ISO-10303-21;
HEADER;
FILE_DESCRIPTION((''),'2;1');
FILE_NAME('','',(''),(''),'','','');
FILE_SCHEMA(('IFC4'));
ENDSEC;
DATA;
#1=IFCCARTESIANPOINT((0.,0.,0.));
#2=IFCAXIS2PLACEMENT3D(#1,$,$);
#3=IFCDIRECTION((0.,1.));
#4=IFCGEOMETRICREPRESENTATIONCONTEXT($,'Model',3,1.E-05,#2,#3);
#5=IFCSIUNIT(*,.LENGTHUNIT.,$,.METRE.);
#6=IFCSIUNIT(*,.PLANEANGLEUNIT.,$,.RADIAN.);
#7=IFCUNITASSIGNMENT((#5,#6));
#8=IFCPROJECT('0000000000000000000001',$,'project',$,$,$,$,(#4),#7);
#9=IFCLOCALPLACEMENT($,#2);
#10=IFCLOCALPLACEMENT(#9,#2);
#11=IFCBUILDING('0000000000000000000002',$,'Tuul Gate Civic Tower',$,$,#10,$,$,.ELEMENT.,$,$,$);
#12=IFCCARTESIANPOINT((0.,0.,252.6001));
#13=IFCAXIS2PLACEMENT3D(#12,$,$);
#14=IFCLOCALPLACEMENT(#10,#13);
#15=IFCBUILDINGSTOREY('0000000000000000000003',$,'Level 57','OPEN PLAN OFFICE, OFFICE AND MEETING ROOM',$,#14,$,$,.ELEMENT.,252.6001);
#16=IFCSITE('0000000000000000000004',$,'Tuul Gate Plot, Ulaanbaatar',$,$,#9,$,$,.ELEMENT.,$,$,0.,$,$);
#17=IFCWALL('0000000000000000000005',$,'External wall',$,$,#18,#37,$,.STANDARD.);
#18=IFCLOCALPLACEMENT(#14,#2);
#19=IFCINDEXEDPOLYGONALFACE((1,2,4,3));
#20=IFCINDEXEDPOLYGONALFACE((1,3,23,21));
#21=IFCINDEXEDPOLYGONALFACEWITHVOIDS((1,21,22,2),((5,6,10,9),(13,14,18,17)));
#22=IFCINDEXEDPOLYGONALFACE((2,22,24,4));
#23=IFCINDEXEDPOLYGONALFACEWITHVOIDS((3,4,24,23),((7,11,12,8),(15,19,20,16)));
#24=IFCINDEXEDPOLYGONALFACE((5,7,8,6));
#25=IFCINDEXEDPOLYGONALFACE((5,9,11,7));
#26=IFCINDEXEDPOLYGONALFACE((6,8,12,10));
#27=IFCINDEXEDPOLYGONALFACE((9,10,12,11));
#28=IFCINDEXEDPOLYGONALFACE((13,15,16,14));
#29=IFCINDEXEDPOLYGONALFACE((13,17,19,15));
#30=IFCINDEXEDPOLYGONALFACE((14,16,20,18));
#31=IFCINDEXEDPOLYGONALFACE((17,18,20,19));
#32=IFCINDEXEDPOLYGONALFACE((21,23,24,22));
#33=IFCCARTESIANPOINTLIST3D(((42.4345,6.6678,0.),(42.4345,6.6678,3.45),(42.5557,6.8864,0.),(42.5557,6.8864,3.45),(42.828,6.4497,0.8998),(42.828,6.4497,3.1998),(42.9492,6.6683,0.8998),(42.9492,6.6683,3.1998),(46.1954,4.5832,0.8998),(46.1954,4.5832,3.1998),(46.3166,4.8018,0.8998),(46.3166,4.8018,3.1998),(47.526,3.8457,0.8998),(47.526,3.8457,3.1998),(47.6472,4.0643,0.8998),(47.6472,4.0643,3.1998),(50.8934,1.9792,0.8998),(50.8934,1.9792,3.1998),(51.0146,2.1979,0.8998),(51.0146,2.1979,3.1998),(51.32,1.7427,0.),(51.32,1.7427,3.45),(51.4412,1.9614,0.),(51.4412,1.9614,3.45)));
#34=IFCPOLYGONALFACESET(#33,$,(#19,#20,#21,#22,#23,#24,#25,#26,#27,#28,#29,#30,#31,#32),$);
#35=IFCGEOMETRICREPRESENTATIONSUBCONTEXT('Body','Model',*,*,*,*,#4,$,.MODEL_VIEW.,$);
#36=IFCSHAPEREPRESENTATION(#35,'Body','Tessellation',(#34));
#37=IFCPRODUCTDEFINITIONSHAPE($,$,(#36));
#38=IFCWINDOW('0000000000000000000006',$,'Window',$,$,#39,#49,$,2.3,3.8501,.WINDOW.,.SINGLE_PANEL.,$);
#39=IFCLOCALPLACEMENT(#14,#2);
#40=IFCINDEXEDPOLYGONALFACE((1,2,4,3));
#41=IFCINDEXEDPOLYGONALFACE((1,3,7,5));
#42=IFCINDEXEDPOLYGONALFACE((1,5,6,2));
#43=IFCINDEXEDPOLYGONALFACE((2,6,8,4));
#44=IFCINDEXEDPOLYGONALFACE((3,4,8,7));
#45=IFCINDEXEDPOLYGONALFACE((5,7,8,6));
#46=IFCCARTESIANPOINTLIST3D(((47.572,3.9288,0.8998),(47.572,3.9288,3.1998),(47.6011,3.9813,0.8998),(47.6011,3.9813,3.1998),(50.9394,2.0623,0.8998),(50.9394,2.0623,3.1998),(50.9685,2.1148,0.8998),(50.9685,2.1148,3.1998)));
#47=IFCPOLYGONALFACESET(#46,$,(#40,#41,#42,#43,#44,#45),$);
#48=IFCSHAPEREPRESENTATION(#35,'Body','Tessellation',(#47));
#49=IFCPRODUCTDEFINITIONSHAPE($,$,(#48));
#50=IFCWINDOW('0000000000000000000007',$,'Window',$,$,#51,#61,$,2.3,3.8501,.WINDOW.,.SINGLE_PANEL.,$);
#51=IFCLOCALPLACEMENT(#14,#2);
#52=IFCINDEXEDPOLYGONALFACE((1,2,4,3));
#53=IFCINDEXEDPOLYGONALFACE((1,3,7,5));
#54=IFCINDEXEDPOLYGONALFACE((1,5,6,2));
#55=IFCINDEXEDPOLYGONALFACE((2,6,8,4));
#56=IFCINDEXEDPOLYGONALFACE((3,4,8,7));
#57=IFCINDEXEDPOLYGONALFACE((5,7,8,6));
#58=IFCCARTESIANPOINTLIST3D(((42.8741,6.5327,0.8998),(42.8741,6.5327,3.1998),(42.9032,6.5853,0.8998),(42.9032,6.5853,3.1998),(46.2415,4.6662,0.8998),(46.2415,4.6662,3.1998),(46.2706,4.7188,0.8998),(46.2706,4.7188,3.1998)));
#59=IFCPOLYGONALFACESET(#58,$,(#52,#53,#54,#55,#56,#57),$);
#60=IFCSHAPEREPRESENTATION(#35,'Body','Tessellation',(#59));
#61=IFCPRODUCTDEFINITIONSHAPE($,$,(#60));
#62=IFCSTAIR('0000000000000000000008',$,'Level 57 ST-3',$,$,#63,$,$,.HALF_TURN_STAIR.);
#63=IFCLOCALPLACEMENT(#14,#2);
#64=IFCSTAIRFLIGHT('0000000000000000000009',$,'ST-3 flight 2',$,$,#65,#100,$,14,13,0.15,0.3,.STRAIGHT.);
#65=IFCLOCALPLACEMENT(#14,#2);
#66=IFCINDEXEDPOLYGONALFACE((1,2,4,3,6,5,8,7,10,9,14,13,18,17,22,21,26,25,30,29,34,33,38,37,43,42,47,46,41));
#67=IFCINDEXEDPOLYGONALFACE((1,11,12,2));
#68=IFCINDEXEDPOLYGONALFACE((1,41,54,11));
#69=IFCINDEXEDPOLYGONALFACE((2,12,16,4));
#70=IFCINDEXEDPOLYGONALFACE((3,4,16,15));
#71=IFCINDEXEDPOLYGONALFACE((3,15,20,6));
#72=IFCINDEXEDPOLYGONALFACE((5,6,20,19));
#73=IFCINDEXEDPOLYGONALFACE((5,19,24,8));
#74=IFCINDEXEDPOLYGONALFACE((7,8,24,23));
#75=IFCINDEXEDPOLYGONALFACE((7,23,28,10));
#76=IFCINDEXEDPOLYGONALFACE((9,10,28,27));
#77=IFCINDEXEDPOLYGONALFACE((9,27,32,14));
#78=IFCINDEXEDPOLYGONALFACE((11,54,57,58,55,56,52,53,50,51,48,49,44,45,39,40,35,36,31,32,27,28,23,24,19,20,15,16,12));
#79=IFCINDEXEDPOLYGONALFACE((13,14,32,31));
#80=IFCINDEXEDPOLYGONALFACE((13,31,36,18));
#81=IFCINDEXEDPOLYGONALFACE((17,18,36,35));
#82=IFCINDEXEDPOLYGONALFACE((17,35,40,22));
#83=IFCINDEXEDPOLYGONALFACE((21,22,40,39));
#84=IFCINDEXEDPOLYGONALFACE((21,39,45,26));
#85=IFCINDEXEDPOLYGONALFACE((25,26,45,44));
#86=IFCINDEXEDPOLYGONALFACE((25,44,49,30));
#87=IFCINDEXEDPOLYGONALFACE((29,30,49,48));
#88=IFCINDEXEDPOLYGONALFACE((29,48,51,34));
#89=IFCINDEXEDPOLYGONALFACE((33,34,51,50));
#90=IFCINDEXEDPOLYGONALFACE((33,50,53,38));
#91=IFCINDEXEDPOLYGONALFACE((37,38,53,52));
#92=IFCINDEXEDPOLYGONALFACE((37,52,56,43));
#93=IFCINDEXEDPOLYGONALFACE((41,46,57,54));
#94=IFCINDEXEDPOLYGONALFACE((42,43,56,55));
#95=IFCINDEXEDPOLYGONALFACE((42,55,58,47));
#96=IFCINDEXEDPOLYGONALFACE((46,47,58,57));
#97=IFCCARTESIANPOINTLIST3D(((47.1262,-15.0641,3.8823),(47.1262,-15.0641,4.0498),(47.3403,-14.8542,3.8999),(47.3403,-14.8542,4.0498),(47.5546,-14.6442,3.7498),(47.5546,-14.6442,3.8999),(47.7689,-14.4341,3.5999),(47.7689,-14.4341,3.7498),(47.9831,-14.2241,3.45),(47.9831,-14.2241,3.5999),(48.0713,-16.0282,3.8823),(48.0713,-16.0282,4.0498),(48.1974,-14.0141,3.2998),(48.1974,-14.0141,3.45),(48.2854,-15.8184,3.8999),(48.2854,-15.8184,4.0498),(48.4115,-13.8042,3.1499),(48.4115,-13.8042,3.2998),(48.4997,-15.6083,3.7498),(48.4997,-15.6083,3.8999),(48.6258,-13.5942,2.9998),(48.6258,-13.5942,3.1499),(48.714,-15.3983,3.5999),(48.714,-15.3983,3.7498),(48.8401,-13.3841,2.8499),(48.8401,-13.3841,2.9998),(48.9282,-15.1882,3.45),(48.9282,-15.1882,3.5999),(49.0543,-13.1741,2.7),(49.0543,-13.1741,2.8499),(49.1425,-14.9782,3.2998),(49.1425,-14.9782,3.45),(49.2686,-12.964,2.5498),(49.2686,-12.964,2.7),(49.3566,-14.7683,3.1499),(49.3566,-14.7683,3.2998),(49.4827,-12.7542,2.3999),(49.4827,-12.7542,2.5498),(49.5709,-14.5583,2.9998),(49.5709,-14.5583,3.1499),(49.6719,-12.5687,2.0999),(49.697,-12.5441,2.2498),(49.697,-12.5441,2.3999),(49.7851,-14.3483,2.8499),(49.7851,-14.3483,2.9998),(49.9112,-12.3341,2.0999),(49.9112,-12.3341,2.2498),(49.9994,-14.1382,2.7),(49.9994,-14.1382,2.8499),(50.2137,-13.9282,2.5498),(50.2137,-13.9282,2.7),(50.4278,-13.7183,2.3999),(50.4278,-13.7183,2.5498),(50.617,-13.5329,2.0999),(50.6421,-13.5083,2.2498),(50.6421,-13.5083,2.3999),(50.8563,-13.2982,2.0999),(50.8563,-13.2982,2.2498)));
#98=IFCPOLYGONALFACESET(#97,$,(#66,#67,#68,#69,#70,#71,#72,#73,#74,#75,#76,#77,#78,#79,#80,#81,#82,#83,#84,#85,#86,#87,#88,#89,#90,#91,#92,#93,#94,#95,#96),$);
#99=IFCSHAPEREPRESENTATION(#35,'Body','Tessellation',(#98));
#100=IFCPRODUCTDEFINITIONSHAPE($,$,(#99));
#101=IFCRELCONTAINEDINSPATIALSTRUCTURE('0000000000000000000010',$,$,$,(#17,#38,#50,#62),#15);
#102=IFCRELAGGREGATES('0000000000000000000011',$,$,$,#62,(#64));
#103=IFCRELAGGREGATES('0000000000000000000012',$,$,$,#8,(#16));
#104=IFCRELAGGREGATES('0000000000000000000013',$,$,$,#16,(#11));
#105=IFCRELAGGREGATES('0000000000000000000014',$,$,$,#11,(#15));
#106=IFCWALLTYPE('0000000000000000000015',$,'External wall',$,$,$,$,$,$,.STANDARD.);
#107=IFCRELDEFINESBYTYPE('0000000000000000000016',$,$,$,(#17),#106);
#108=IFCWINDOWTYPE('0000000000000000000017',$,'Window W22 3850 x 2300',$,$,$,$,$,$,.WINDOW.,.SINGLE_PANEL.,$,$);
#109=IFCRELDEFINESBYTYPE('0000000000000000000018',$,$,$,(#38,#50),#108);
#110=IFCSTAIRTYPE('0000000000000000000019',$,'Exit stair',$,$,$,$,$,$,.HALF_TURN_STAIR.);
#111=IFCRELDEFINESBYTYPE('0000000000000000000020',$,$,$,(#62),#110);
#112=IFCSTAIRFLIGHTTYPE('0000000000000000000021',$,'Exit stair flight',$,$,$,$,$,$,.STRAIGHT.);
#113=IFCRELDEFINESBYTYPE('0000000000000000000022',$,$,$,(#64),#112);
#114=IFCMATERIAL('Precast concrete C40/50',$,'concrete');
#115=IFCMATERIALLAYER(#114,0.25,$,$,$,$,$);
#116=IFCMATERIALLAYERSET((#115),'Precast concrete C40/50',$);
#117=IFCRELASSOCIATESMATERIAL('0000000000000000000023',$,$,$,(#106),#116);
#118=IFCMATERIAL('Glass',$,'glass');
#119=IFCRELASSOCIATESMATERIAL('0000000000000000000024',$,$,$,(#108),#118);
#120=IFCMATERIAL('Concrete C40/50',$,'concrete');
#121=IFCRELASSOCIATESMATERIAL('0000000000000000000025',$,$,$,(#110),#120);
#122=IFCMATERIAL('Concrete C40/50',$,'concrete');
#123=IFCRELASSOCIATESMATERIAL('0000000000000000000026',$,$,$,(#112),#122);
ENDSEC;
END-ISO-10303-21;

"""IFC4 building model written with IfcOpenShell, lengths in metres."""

from ifc_helpers import new_model, si_unit, direction, frame, frame_2d, origin, place, context, subcontext, project, spatial, polyline, rectangle, outline, extrude, material, layer, layer_set, type_object, element, fill, aggregate, save


model = new_model("IFC4")

# Units and contexts
model_context = context("Model", 3, precision=1e-05, world=origin(), true_north=direction((0.0, 1.0)))
body_context = subcontext(model_context, "Body", "Model", "MODEL_VIEW")
ifc_project = project(units=[si_unit("LENGTHUNIT", "METRE"), si_unit("PLANEANGLEUNIT", "RADIAN")], contexts=[model_context])

# Site, building, storey
site_placement = place(None, origin())
site = spatial("IfcSite", under=ifc_project, at=site_placement, Name="Tuul Gate Plot, Ulaanbaatar", CompositionType="ELEMENT", RefElevation=0.0)
building_placement = place(site_placement, origin())
building = spatial("IfcBuilding", under=site, at=building_placement, Name="Tuul Gate Civic Tower", CompositionType="ELEMENT")
storey_placement = place(building_placement, frame((0.0, 0.0, 252.6001)))
storey = spatial("IfcBuildingStorey", under=building, at=storey_placement, Name="Level 57", Description="OPEN PLAN OFFICE, OFFICE AND MEETING ROOM", CompositionType="ELEMENT", Elevation=252.6001)

# Wall, openings, windows
ifc_material_1 = material(Name="Precast concrete C40/50", Category="concrete")
ifc_layer_1 = layer(ifc_material_1, 0.25)
ifc_layer_set_1 = layer_set([ifc_layer_1], Name="Precast concrete C40/50")
wall_type_1 = type_object("IfcWallType", Name="External wall", PredefinedType="STANDARD", material=ifc_layer_set_1)
ifc_material_2 = material(Name="Glass", Category="glass")
window_type = type_object("IfcWindowType", Name="Window W22 3850 x 2300", PartitioningType="SINGLE_PANEL", PredefinedType="WINDOW", material=ifc_material_2)
wall_1_placement = place(storey_placement, frame((51.3806, 1.8521, 0.0), z_axis=(0.0, 0.0, 1.0), x_axis=(-0.874631, 0.48479, 0.0)))
wall_1 = element("IfcWall", 1, at=wall_1_placement, inside=storey, type_object=wall_type_1, Name="External wall", PredefinedType="STANDARD", context=body_context, shape_type="SweptSolid", body=[
    extrude(rectangle(XDim=10.1592, YDim=0.25, at=frame_2d((5.0796, 0.0))), origin(), (0.0, 0.0, 1.0), 3.45),
])
opening_1_placement = place(wall_1_placement, frame((0.4878, 0.0, 0.8999)))
opening_1 = element("IfcOpeningElement", 2, at=opening_1_placement, cuts=wall_1, PredefinedType="OPENING", context=body_context, shape_type="SweptSolid", body=[
    extrude(rectangle(XDim=3.8501, YDim=2.3, at=frame_2d((1.925, 1.1499))), frame((0.0, 0.135, 0.0), z_axis=(0.0, -1.0, 0.0), x_axis=(1.0, 0.0, 0.0)), (0.0, 0.0, 1.0), 0.27),
])
opening_2_placement = place(wall_1_placement, frame((5.8591, 0.0, 0.8999)))
opening_2 = element("IfcOpeningElement", 3, at=opening_2_placement, cuts=wall_1, PredefinedType="OPENING", context=body_context, shape_type="SweptSolid", body=[
    extrude(rectangle(XDim=3.8501, YDim=2.3, at=frame_2d((1.925, 1.1499))), frame((0.0, 0.135, 0.0), z_axis=(0.0, -1.0, 0.0), x_axis=(1.0, 0.0, 0.0)), (0.0, 0.0, 1.0), 0.27),
])
window_1_placement = place(opening_1_placement, origin())
window_1 = element("IfcWindow", 4, at=window_1_placement, inside=storey, type_object=window_type, Name="Window", OverallHeight=2.3, OverallWidth=3.8501, PartitioningType="SINGLE_PANEL", PredefinedType="WINDOW", context=body_context, shape_type="SweptSolid", body=[
    extrude(rectangle(XDim=3.8501, YDim=2.3, at=frame_2d((1.925, 1.1499))), frame((0.0, 0.03, 0.0), z_axis=(0.0, -1.0, 0.0), x_axis=(1.0, 0.0, 0.0)), (0.0, 0.0, 1.0), 0.0601),
])
fill(opening_1, window_1)
window_2_placement = place(opening_2_placement, origin())
window_2 = element("IfcWindow", 5, at=window_2_placement, inside=storey, type_object=window_type, Name="Window", OverallHeight=2.3, OverallWidth=3.8501, PartitioningType="SINGLE_PANEL", PredefinedType="WINDOW", context=body_context, shape_type="SweptSolid", body=[
    extrude(rectangle(XDim=3.8501, YDim=2.3, at=frame_2d((1.925, 1.1499))), frame((0.0, 0.03, 0.0), z_axis=(0.0, -1.0, 0.0), x_axis=(1.0, 0.0, 0.0)), (0.0, 0.0, 1.0), 0.0601),
])
fill(opening_2, window_2)

# Stair, stair flight
ifc_material_3 = material(Name="Concrete C40/50", Category="concrete")
stair_type = type_object("IfcStairType", Name="Exit stair", PredefinedType="HALF_TURN_STAIR", material=ifc_material_3)
stair_placement = place(storey_placement, origin())
stair = element("IfcStair", 6, at=stair_placement, inside=storey, type_object=stair_type, Name="Level 57 ST-3", PredefinedType="HALF_TURN_STAIR")
ifc_material_4 = material(Name="Concrete C40/50", Category="concrete")
stair_flight_type = type_object("IfcStairFlightType", Name="Exit stair flight", PredefinedType="STRAIGHT", material=ifc_material_4)
stair_flight_placement = place(storey_placement, frame((50.3838, -12.8162, 2.0999), z_axis=(0.0, 0.0, 1.0), x_axis=(-0.714127, -0.700016, 0.0)))
stair_flight = element("IfcStairFlight", 7, at=stair_flight_placement, type_object=stair_flight_type, Name="ST-3 flight 2", NumberOfRisers=14, NumberOfTreads=13, PredefinedType="STRAIGHT", RiserHeight=0.15, TreadLength=0.3, context=body_context, shape_type="SweptSolid", body=[
    extrude(outline(polyline([(0.0, 0.0), (0.0, 0.1499), (0.3, 0.1499), (0.3, 0.3), (0.6001, 0.3), (0.6001, 0.45), (0.8999, 0.45), (0.8999, 0.6001), (1.2, 0.6001), (1.2, 0.75), (1.5, 0.75), (1.5, 0.8999), (1.8, 0.8999), (1.8, 1.05), (2.1001, 1.05), (2.1001, 1.2), (2.3999, 1.2), (2.3999, 1.3501), (2.7, 1.3501), (2.7, 1.5), (3.0, 1.5), (3.0, 1.6499), (3.3, 1.6499), (3.3, 1.8), (3.6001, 1.8), (3.6001, 1.95), (3.8999, 1.95), (3.8999, 2.1001), (3.8999, 1.7825), (0.3352, 0.0), (0.0, 0.0)])), frame((0.0, 0.675, 0.0), z_axis=(0.0, -1.0, 0.0), x_axis=(1.0, 0.0, 0.0)), (0.0, 0.0, 1.0), 1.3501),
])
aggregate(stair, [stair_flight])

save(model, "model.ifc")
